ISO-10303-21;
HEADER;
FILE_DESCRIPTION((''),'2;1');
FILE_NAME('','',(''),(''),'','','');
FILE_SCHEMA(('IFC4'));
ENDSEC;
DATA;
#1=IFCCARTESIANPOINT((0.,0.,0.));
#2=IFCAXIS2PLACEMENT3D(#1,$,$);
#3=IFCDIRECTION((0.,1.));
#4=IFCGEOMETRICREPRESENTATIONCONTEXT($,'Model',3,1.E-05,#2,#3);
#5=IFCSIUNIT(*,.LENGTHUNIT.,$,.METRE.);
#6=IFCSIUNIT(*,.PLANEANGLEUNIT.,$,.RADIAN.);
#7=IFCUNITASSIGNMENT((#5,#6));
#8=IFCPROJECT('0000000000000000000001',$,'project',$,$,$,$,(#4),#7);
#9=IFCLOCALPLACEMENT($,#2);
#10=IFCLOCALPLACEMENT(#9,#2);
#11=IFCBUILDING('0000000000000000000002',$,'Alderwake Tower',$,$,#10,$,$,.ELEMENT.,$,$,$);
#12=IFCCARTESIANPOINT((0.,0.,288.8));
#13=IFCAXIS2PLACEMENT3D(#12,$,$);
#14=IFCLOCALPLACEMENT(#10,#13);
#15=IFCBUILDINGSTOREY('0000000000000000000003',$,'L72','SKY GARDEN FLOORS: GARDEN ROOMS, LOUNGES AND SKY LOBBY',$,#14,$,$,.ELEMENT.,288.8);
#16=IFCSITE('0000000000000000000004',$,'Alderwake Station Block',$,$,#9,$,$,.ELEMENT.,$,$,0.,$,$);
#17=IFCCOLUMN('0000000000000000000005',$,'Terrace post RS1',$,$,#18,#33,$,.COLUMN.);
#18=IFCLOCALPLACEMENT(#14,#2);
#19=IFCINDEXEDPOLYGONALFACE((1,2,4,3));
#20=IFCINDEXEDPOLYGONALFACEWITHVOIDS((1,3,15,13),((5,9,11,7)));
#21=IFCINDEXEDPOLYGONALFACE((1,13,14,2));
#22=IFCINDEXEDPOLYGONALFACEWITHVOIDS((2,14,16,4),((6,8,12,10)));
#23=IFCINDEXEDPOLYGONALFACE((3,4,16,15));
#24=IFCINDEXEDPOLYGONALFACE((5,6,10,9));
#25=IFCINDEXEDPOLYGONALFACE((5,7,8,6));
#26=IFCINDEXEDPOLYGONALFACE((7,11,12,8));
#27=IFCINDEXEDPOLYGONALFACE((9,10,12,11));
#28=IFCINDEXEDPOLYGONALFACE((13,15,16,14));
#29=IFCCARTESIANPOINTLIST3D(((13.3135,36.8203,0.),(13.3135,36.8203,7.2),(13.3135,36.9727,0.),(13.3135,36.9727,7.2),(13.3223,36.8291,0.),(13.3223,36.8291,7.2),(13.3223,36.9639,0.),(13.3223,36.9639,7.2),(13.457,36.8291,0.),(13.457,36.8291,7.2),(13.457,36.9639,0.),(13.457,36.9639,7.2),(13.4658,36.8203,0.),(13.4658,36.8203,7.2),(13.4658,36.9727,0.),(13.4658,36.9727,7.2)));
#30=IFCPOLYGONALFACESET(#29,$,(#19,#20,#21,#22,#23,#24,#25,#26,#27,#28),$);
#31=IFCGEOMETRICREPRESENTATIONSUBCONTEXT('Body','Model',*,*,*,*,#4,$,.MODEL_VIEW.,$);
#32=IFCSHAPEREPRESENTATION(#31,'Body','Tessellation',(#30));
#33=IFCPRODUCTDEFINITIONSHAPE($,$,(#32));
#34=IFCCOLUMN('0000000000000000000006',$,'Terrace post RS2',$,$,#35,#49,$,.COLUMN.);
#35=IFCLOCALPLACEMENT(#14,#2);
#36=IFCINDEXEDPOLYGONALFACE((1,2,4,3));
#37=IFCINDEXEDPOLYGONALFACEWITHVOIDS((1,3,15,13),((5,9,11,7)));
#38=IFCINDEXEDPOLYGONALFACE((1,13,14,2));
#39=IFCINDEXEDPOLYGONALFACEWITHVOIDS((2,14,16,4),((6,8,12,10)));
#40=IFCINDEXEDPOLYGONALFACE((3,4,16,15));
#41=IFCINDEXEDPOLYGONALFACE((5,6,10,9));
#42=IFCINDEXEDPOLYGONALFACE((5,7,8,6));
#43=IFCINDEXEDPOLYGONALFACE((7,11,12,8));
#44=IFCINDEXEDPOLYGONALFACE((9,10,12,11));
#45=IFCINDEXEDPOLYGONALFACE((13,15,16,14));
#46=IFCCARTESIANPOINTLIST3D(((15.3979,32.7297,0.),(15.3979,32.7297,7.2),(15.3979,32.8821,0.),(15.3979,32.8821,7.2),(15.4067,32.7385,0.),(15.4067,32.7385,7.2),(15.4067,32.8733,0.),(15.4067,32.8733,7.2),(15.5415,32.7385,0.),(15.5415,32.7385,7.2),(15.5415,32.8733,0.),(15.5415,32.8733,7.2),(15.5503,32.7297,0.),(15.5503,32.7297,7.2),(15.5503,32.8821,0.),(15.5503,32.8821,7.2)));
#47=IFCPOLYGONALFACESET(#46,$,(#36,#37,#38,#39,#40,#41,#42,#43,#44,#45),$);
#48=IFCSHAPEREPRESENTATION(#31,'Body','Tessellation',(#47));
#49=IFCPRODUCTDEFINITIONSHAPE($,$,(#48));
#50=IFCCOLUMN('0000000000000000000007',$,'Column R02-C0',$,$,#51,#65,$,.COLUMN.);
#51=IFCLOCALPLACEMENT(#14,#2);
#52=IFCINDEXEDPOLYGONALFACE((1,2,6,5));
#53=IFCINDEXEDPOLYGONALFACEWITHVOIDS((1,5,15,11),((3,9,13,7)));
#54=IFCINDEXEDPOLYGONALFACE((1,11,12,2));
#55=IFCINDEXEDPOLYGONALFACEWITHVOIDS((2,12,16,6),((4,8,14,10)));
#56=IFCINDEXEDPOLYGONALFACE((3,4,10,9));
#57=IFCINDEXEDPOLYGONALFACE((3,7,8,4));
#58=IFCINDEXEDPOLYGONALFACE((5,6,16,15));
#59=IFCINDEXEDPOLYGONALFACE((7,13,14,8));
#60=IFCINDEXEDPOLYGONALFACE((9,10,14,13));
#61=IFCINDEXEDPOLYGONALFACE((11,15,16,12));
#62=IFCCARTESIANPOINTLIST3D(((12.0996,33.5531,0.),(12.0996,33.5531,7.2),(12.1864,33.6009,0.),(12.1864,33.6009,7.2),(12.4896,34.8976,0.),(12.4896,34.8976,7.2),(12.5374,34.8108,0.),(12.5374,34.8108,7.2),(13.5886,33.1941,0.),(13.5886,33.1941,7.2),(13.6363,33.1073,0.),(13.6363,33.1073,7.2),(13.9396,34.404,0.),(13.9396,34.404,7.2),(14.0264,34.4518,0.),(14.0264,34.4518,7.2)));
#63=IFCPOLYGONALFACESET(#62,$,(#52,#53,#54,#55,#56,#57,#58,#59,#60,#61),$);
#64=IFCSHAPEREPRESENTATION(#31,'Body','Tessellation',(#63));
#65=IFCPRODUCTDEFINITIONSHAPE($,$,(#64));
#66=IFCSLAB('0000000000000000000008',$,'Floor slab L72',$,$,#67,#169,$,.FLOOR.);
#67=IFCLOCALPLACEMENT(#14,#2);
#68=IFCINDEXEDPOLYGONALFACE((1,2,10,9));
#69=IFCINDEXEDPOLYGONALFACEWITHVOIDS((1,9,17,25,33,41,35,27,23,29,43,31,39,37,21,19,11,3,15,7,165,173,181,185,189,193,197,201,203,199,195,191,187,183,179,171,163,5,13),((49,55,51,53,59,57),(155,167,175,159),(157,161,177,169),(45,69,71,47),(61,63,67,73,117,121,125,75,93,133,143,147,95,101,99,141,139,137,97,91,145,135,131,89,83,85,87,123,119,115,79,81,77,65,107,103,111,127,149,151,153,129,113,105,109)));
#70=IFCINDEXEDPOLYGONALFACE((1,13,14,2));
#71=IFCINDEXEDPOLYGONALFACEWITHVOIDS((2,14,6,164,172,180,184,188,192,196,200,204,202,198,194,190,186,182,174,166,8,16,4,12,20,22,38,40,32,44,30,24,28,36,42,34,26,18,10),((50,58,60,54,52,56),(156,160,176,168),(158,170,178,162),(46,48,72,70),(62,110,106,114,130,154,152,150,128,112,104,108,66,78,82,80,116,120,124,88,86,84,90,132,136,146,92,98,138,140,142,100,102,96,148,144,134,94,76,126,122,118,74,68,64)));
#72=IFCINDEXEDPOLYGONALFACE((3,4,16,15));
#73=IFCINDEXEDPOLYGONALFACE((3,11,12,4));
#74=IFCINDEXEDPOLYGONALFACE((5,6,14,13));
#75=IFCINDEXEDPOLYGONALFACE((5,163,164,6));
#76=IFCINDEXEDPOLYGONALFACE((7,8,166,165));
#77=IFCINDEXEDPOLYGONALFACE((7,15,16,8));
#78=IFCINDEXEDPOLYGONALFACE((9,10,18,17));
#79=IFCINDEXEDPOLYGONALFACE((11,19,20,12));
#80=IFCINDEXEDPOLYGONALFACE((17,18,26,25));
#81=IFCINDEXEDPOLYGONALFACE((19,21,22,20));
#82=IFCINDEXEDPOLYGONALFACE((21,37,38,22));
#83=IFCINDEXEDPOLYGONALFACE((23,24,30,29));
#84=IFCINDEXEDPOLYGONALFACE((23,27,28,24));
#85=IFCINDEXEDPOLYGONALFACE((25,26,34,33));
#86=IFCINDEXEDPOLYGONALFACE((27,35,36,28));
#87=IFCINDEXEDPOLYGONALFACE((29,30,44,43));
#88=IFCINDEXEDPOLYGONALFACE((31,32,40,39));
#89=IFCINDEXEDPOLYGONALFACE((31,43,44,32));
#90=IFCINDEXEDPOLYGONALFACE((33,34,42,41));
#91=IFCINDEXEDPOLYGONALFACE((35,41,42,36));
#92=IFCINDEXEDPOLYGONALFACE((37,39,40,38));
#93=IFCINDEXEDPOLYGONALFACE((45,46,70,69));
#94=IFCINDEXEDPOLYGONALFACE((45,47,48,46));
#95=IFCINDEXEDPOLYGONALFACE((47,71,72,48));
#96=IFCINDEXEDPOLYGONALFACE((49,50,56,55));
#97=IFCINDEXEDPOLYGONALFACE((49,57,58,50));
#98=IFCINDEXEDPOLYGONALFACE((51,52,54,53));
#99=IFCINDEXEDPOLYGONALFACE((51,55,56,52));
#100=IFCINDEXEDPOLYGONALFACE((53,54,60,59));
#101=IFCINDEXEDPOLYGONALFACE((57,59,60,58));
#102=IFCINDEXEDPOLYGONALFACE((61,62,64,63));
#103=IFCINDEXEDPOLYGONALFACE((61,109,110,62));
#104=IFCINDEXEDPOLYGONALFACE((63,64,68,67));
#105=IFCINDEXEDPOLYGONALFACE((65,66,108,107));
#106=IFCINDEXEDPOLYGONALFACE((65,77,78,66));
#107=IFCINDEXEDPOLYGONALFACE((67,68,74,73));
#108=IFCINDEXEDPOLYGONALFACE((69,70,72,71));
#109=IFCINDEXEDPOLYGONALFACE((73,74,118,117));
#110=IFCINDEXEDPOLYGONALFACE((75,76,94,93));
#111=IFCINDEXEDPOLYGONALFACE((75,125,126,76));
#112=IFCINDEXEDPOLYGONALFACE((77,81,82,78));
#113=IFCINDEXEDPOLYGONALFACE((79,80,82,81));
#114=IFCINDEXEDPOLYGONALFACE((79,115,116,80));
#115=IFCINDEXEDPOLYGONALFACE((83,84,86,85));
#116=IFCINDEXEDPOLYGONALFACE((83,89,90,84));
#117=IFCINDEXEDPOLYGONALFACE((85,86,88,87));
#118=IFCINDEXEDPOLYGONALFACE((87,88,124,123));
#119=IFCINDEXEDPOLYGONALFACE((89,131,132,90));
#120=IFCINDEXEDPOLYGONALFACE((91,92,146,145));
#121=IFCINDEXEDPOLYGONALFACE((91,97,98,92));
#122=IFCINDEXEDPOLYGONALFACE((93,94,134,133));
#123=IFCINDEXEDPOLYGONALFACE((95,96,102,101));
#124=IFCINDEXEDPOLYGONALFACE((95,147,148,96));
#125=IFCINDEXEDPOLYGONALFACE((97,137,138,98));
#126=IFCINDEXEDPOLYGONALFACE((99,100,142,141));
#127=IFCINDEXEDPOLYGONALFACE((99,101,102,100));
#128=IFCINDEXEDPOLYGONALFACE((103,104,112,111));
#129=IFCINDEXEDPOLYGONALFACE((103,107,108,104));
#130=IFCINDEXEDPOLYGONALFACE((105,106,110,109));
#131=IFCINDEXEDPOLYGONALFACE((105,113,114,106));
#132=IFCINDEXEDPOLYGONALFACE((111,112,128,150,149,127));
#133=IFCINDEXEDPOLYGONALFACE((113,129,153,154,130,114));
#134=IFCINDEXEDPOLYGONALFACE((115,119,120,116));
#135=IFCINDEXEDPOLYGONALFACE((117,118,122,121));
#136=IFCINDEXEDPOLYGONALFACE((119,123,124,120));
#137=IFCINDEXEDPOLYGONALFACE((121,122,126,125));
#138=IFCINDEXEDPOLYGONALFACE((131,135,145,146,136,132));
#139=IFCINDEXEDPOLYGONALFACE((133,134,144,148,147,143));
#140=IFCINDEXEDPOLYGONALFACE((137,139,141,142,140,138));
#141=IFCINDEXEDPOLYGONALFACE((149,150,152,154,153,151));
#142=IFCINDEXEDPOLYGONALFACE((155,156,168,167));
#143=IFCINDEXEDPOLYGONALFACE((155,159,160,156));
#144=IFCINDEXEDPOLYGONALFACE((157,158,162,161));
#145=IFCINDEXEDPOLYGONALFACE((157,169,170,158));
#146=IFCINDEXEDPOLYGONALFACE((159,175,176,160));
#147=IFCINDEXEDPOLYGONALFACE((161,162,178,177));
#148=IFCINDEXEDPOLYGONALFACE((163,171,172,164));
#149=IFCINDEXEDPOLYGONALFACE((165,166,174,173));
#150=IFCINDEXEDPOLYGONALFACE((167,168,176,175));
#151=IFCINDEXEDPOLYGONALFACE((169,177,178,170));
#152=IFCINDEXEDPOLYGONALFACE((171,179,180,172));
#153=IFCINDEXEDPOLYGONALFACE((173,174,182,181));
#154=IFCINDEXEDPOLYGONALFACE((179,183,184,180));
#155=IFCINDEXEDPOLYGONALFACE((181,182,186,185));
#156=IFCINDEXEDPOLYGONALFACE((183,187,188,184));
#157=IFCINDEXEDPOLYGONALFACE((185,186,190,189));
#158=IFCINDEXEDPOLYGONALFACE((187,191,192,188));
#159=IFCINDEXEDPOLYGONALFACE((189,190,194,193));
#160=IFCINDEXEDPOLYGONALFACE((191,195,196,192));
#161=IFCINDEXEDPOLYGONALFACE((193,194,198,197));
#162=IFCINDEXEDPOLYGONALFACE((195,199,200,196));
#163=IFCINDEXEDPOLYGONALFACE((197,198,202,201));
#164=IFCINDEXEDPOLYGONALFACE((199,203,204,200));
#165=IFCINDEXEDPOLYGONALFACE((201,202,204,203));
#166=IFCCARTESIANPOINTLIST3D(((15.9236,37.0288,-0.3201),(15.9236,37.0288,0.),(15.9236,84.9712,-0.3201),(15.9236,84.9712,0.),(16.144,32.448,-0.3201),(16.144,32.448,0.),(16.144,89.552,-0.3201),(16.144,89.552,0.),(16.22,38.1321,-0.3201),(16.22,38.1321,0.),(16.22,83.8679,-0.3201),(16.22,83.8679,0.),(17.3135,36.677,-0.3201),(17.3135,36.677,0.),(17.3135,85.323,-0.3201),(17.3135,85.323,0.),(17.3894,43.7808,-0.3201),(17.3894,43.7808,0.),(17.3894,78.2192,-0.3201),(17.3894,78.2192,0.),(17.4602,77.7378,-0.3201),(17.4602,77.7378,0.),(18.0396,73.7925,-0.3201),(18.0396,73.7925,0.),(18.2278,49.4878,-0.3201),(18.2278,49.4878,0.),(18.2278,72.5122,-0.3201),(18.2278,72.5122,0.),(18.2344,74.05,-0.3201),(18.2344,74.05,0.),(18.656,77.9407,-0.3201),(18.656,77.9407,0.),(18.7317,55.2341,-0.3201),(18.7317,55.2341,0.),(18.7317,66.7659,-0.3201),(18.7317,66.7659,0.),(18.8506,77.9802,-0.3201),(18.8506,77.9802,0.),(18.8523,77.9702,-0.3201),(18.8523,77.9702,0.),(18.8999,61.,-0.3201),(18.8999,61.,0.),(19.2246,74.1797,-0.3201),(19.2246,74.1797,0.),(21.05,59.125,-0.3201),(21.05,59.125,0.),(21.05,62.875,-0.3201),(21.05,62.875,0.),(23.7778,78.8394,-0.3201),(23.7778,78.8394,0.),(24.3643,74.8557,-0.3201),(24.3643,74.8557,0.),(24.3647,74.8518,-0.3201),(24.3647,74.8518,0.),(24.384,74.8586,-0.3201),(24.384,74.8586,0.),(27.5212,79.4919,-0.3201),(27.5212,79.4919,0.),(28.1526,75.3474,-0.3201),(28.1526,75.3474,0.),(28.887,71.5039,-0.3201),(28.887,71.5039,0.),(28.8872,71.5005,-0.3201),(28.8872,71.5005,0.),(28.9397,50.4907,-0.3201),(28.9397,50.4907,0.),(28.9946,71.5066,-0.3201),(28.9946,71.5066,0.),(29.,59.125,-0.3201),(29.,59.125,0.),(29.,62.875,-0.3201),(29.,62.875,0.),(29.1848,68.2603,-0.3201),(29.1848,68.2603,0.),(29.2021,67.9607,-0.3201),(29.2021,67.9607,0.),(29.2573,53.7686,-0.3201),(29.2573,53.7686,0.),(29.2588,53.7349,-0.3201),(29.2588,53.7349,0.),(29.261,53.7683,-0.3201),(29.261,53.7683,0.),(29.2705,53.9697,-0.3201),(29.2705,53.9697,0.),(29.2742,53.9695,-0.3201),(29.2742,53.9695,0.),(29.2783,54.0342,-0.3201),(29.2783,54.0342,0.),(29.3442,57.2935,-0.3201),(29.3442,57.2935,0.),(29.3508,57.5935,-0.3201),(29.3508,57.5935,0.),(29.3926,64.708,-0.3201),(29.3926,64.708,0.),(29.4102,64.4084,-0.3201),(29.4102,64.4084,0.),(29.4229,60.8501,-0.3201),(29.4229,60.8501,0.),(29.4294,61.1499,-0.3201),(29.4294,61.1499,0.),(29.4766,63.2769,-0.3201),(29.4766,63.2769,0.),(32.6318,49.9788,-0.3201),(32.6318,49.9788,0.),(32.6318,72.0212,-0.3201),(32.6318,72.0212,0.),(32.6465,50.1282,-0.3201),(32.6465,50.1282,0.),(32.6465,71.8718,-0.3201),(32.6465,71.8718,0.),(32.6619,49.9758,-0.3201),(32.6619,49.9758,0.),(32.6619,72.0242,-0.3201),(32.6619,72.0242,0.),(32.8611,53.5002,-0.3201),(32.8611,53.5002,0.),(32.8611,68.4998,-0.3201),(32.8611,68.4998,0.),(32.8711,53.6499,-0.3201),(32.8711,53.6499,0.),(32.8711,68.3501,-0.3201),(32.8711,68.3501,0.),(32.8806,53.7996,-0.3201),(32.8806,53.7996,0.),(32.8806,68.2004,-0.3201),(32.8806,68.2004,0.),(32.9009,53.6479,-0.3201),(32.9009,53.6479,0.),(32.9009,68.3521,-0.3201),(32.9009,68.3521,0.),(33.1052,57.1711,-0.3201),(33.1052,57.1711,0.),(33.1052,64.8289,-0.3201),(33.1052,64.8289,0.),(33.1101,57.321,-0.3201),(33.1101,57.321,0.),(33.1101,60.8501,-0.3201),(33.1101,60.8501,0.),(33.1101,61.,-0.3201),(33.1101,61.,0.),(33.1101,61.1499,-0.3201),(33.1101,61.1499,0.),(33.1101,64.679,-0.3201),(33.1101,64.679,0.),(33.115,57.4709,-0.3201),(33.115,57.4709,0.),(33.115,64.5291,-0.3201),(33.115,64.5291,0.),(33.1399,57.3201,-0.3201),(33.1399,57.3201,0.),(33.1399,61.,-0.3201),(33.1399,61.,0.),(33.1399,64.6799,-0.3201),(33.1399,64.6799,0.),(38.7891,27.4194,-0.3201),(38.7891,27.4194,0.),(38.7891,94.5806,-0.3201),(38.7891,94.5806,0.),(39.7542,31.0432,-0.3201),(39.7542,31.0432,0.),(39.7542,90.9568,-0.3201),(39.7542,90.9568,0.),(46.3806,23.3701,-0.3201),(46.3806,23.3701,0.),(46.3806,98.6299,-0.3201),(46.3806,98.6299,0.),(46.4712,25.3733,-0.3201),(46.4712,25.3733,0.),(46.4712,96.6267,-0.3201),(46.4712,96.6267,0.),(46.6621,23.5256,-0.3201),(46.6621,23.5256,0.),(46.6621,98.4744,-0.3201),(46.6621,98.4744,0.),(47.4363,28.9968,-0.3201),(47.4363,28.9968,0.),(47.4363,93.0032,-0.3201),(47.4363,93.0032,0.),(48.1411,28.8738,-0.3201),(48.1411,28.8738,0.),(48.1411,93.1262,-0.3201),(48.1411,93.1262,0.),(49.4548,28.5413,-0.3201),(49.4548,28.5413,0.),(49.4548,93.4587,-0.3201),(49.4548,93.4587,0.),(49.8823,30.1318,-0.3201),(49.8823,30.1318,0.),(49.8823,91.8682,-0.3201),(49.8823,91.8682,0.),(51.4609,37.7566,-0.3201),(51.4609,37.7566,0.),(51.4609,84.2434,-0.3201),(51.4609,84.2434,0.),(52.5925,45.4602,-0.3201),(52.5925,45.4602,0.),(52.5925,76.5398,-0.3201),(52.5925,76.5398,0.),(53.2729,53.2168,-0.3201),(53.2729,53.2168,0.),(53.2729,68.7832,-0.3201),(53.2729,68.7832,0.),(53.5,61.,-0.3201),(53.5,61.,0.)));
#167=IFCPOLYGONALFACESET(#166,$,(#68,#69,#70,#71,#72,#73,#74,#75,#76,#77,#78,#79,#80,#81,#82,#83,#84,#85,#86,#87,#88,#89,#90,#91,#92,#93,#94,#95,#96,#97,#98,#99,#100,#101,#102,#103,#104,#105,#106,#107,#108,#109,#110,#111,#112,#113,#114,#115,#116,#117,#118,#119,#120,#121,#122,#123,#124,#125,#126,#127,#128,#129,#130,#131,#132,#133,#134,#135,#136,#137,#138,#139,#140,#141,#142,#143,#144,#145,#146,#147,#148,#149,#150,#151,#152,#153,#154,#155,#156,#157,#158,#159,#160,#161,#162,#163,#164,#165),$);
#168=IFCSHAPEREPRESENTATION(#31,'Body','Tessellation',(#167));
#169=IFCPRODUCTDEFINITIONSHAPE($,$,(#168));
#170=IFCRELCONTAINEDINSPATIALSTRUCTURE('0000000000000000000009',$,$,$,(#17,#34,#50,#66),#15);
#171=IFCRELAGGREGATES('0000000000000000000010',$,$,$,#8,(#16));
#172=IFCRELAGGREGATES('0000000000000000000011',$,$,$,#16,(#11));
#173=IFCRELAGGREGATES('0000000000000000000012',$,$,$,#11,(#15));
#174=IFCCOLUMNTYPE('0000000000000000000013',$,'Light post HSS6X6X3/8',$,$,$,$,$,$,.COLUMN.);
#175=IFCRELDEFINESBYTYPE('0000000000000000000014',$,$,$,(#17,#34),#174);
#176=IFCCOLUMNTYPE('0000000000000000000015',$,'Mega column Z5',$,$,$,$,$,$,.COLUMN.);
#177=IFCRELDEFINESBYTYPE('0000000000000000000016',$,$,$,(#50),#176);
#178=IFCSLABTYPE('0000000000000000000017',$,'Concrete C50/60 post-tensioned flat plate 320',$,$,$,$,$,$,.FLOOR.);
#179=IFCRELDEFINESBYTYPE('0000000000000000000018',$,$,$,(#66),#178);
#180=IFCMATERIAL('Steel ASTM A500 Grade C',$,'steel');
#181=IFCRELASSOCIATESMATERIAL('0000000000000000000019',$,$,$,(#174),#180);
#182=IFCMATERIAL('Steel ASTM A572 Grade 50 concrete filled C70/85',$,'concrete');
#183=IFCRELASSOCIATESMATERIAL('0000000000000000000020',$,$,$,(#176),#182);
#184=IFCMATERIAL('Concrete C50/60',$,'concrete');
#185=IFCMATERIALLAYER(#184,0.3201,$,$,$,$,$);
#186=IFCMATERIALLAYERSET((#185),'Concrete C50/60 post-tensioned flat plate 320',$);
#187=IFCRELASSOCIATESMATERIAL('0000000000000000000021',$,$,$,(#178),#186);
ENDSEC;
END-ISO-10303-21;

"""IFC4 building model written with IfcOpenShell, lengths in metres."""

from ifc_helpers import new_model, si_unit, direction, frame, origin, origin_2d, place, context, subcontext, project, spatial, polyline, hollow_rectangle, outline, extrude, material, layer, layer_set, material_profile, profile_set, type_object, element, save


model = new_model("IFC4")

# Units and contexts
model_context = context("Model", 3, precision=1e-05, world=origin(), true_north=direction((0.0, 1.0)))
body_context = subcontext(model_context, "Body", "Model", "MODEL_VIEW")
ifc_project = project(units=[si_unit("LENGTHUNIT", "METRE"), si_unit("PLANEANGLEUNIT", "RADIAN")], contexts=[model_context])

# Site, building, storey
site_placement = place(None, origin())
site = spatial("IfcSite", under=ifc_project, at=site_placement, Name="Alderwake Station Block", CompositionType="ELEMENT", RefElevation=0.0)
building_placement = place(site_placement, origin())
building = spatial("IfcBuilding", under=site, at=building_placement, Name="Alderwake Tower", CompositionType="ELEMENT")
storey_placement = place(building_placement, frame((0.0, 0.0, 288.8)))
storey = spatial("IfcBuildingStorey", under=building, at=storey_placement, Name="L72", Description="SKY GARDEN FLOORS: GARDEN ROOMS, LOUNGES AND SKY LOBBY", CompositionType="ELEMENT", Elevation=288.8)

# Columns
ifc_material_1 = material(Name="Steel ASTM A500 Grade C", Category="steel")
ifc_material_profile_1 = material_profile(ifc_material_1, hollow_rectangle(XDim=0.1523, YDim=0.1523, WallThickness=0.0088, at=origin_2d()), Name="HSS6X6X3/8")
ifc_profile_set_1 = profile_set([ifc_material_profile_1], Name="Steel ASTM A500 Grade C")
column_type_1 = type_object("IfcColumnType", Name="Light post HSS6X6X3/8", PredefinedType="COLUMN", material=ifc_profile_set_1)
for number, where, z_axis, x_axis, name in (
    (1, (13.3896, 36.8965, 0.0), (0.0, 0.0, 1.0), (1.0, 0.0, 0.0), "Terrace post RS1"),
    (2, (15.4741, 32.8059, 0.0), (0.0, 0.0, 1.0), (1.0, 0.0, 0.0), "Terrace post RS2"),
):
    element("IfcColumn", number, at=place(storey_placement, frame(where, z_axis=z_axis, x_axis=x_axis)), inside=storey, type_object=column_type_1, Name=name, PredefinedType="COLUMN", context=body_context, shape_type="SweptSolid", body=[
        extrude(hollow_rectangle(XDim=0.1523, YDim=0.1523, WallThickness=0.0088, at=origin_2d()), origin(), (0.0, 0.0, 1.0), 7.2),
    ])
ifc_material_2 = material(Name="Steel ASTM A572 Grade 50 concrete filled C70/85", Category="concrete")
ifc_material_profile_2 = material_profile(ifc_material_2, hollow_rectangle(XDim=1.3999, YDim=1.6001, WallThickness=0.0701, at=origin_2d()), Name="BOX 1600X1400X70")
ifc_profile_set_2 = profile_set([ifc_material_profile_2], Name="Steel ASTM A572 Grade 50 concrete filled C70/85")
column_type_2 = type_object("IfcColumnType", Name="Mega column Z5", PredefinedType="COLUMN", material=ifc_profile_set_2)
column_placement = place(storey_placement, frame((13.063, 34.0024, 0.0), z_axis=(0.0, 0.0, 1.0), x_axis=(0.278612, 0.960404, 0.0)))
element("IfcColumn", 3, at=column_placement, inside=storey, type_object=column_type_2, Name="Column R02-C0", PredefinedType="COLUMN", context=body_context, shape_type="SweptSolid", body=[
    extrude(hollow_rectangle(XDim=1.3999, YDim=1.6001, WallThickness=0.0701, at=origin_2d()), origin(), (0.0, 0.0, 1.0), 7.2),
])

# Slab
ifc_material_3 = material(Name="Concrete C50/60", Category="concrete")
ifc_layer_1 = layer(ifc_material_3, 0.3201)
ifc_layer_set_1 = layer_set([ifc_layer_1], Name="Concrete C50/60 post-tensioned flat plate 320")
slab_type_1 = type_object("IfcSlabType", Name="Concrete C50/60 post-tensioned flat plate 320", PredefinedType="FLOOR", material=ifc_layer_set_1)
slab_1_placement = place(storey_placement, frame((0.0, 0.0, -0.3201)))
element("IfcSlab", 4, at=slab_1_placement, inside=storey, type_object=slab_type_1, Name="Floor slab L72", PredefinedType="FLOOR", context=body_context, shape_type="SweptSolid", body=[
    extrude(outline(polyline([(19.2246, 74.1797), (18.656, 77.9407), (18.8523, 77.9702), (18.8506, 77.9802), (17.4602, 77.7378), (17.3894, 78.2192), (16.22, 83.8679), (15.9236, 84.9712), (17.3135, 85.323), (16.144, 89.552), (46.3806, 98.6299), (46.6621, 98.4744), (48.1411, 93.1262), (49.4548, 93.4587), (49.8823, 91.8682), (51.4609, 84.2434), (52.5925, 76.5398), (53.2729, 68.7832), (53.5, 61.0), (53.2729, 53.2168), (52.5925, 45.4602), (51.4609, 37.7566), (49.8823, 30.1318), (49.4548, 28.5413), (48.1411, 28.8738), (46.6621, 23.5256), (46.3806, 23.3701), (16.144, 32.448), (17.3135, 36.677), (15.9236, 37.0288), (16.22, 38.1321), (17.3894, 43.7808), (18.2278, 49.4878), (18.7317, 55.2341), (18.8999, 61.0), (18.7317, 66.7659), (18.2278, 72.5122), (18.0396, 73.7925), (18.2344, 74.05), (19.2246, 74.1797)]), holes=[polyline([(29.2573, 53.7686), (28.9397, 50.4907), (32.6465, 50.1282), (32.6318, 49.9788), (32.6619, 49.9758), (32.9009, 53.6479), (33.1399, 57.3201), (33.1399, 61.0), (33.1399, 64.6799), (32.9009, 68.3521), (32.6619, 72.0242), (32.6318, 72.0212), (32.6465, 71.8718), (28.887, 71.5039), (28.8872, 71.5005), (28.9946, 71.5066), (29.1848, 68.2603), (32.8611, 68.4998), (32.8711, 68.3501), (32.8806, 68.2004), (29.2021, 67.9607), (29.3926, 64.708), (33.1052, 64.8289), (33.1101, 64.679), (33.115, 64.5291), (29.4102, 64.4084), (29.4766, 63.2769), (29.4294, 61.1499), (33.1101, 61.1499), (33.1101, 61.0), (33.1101, 60.8501), (29.4229, 60.8501), (29.3508, 57.5935), (33.115, 57.4709), (33.1101, 57.321), (33.1052, 57.1711), (29.3442, 57.2935), (29.2705, 53.9697), (29.2742, 53.9695), (29.2783, 54.0342), (32.8806, 53.7996), (32.8711, 53.6499), (32.8611, 53.5002), (29.2588, 53.7349), (29.261, 53.7683), (29.2573, 53.7686)]), polyline([(21.05, 62.875), (21.05, 59.125), (29.0, 59.125), (29.0, 62.875), (21.05, 62.875)]), polyline([(27.5212, 79.4919), (23.7778, 78.8394), (24.384, 74.8586), (24.3643, 74.8557), (24.3647, 74.8518), (28.1526, 75.3474), (27.5212, 79.4919)]), polyline([(47.4363, 28.9968), (39.7542, 31.0432), (38.7891, 27.4194), (46.4712, 25.3733), (47.4363, 28.9968)]), polyline([(46.4712, 96.6267), (38.7891, 94.5806), (39.7542, 90.9568), (47.4363, 93.0032), (46.4712, 96.6267)])]), origin(), (0.0, 0.0, 1.0), 0.3201),
])

save(model, "model.ifc")
